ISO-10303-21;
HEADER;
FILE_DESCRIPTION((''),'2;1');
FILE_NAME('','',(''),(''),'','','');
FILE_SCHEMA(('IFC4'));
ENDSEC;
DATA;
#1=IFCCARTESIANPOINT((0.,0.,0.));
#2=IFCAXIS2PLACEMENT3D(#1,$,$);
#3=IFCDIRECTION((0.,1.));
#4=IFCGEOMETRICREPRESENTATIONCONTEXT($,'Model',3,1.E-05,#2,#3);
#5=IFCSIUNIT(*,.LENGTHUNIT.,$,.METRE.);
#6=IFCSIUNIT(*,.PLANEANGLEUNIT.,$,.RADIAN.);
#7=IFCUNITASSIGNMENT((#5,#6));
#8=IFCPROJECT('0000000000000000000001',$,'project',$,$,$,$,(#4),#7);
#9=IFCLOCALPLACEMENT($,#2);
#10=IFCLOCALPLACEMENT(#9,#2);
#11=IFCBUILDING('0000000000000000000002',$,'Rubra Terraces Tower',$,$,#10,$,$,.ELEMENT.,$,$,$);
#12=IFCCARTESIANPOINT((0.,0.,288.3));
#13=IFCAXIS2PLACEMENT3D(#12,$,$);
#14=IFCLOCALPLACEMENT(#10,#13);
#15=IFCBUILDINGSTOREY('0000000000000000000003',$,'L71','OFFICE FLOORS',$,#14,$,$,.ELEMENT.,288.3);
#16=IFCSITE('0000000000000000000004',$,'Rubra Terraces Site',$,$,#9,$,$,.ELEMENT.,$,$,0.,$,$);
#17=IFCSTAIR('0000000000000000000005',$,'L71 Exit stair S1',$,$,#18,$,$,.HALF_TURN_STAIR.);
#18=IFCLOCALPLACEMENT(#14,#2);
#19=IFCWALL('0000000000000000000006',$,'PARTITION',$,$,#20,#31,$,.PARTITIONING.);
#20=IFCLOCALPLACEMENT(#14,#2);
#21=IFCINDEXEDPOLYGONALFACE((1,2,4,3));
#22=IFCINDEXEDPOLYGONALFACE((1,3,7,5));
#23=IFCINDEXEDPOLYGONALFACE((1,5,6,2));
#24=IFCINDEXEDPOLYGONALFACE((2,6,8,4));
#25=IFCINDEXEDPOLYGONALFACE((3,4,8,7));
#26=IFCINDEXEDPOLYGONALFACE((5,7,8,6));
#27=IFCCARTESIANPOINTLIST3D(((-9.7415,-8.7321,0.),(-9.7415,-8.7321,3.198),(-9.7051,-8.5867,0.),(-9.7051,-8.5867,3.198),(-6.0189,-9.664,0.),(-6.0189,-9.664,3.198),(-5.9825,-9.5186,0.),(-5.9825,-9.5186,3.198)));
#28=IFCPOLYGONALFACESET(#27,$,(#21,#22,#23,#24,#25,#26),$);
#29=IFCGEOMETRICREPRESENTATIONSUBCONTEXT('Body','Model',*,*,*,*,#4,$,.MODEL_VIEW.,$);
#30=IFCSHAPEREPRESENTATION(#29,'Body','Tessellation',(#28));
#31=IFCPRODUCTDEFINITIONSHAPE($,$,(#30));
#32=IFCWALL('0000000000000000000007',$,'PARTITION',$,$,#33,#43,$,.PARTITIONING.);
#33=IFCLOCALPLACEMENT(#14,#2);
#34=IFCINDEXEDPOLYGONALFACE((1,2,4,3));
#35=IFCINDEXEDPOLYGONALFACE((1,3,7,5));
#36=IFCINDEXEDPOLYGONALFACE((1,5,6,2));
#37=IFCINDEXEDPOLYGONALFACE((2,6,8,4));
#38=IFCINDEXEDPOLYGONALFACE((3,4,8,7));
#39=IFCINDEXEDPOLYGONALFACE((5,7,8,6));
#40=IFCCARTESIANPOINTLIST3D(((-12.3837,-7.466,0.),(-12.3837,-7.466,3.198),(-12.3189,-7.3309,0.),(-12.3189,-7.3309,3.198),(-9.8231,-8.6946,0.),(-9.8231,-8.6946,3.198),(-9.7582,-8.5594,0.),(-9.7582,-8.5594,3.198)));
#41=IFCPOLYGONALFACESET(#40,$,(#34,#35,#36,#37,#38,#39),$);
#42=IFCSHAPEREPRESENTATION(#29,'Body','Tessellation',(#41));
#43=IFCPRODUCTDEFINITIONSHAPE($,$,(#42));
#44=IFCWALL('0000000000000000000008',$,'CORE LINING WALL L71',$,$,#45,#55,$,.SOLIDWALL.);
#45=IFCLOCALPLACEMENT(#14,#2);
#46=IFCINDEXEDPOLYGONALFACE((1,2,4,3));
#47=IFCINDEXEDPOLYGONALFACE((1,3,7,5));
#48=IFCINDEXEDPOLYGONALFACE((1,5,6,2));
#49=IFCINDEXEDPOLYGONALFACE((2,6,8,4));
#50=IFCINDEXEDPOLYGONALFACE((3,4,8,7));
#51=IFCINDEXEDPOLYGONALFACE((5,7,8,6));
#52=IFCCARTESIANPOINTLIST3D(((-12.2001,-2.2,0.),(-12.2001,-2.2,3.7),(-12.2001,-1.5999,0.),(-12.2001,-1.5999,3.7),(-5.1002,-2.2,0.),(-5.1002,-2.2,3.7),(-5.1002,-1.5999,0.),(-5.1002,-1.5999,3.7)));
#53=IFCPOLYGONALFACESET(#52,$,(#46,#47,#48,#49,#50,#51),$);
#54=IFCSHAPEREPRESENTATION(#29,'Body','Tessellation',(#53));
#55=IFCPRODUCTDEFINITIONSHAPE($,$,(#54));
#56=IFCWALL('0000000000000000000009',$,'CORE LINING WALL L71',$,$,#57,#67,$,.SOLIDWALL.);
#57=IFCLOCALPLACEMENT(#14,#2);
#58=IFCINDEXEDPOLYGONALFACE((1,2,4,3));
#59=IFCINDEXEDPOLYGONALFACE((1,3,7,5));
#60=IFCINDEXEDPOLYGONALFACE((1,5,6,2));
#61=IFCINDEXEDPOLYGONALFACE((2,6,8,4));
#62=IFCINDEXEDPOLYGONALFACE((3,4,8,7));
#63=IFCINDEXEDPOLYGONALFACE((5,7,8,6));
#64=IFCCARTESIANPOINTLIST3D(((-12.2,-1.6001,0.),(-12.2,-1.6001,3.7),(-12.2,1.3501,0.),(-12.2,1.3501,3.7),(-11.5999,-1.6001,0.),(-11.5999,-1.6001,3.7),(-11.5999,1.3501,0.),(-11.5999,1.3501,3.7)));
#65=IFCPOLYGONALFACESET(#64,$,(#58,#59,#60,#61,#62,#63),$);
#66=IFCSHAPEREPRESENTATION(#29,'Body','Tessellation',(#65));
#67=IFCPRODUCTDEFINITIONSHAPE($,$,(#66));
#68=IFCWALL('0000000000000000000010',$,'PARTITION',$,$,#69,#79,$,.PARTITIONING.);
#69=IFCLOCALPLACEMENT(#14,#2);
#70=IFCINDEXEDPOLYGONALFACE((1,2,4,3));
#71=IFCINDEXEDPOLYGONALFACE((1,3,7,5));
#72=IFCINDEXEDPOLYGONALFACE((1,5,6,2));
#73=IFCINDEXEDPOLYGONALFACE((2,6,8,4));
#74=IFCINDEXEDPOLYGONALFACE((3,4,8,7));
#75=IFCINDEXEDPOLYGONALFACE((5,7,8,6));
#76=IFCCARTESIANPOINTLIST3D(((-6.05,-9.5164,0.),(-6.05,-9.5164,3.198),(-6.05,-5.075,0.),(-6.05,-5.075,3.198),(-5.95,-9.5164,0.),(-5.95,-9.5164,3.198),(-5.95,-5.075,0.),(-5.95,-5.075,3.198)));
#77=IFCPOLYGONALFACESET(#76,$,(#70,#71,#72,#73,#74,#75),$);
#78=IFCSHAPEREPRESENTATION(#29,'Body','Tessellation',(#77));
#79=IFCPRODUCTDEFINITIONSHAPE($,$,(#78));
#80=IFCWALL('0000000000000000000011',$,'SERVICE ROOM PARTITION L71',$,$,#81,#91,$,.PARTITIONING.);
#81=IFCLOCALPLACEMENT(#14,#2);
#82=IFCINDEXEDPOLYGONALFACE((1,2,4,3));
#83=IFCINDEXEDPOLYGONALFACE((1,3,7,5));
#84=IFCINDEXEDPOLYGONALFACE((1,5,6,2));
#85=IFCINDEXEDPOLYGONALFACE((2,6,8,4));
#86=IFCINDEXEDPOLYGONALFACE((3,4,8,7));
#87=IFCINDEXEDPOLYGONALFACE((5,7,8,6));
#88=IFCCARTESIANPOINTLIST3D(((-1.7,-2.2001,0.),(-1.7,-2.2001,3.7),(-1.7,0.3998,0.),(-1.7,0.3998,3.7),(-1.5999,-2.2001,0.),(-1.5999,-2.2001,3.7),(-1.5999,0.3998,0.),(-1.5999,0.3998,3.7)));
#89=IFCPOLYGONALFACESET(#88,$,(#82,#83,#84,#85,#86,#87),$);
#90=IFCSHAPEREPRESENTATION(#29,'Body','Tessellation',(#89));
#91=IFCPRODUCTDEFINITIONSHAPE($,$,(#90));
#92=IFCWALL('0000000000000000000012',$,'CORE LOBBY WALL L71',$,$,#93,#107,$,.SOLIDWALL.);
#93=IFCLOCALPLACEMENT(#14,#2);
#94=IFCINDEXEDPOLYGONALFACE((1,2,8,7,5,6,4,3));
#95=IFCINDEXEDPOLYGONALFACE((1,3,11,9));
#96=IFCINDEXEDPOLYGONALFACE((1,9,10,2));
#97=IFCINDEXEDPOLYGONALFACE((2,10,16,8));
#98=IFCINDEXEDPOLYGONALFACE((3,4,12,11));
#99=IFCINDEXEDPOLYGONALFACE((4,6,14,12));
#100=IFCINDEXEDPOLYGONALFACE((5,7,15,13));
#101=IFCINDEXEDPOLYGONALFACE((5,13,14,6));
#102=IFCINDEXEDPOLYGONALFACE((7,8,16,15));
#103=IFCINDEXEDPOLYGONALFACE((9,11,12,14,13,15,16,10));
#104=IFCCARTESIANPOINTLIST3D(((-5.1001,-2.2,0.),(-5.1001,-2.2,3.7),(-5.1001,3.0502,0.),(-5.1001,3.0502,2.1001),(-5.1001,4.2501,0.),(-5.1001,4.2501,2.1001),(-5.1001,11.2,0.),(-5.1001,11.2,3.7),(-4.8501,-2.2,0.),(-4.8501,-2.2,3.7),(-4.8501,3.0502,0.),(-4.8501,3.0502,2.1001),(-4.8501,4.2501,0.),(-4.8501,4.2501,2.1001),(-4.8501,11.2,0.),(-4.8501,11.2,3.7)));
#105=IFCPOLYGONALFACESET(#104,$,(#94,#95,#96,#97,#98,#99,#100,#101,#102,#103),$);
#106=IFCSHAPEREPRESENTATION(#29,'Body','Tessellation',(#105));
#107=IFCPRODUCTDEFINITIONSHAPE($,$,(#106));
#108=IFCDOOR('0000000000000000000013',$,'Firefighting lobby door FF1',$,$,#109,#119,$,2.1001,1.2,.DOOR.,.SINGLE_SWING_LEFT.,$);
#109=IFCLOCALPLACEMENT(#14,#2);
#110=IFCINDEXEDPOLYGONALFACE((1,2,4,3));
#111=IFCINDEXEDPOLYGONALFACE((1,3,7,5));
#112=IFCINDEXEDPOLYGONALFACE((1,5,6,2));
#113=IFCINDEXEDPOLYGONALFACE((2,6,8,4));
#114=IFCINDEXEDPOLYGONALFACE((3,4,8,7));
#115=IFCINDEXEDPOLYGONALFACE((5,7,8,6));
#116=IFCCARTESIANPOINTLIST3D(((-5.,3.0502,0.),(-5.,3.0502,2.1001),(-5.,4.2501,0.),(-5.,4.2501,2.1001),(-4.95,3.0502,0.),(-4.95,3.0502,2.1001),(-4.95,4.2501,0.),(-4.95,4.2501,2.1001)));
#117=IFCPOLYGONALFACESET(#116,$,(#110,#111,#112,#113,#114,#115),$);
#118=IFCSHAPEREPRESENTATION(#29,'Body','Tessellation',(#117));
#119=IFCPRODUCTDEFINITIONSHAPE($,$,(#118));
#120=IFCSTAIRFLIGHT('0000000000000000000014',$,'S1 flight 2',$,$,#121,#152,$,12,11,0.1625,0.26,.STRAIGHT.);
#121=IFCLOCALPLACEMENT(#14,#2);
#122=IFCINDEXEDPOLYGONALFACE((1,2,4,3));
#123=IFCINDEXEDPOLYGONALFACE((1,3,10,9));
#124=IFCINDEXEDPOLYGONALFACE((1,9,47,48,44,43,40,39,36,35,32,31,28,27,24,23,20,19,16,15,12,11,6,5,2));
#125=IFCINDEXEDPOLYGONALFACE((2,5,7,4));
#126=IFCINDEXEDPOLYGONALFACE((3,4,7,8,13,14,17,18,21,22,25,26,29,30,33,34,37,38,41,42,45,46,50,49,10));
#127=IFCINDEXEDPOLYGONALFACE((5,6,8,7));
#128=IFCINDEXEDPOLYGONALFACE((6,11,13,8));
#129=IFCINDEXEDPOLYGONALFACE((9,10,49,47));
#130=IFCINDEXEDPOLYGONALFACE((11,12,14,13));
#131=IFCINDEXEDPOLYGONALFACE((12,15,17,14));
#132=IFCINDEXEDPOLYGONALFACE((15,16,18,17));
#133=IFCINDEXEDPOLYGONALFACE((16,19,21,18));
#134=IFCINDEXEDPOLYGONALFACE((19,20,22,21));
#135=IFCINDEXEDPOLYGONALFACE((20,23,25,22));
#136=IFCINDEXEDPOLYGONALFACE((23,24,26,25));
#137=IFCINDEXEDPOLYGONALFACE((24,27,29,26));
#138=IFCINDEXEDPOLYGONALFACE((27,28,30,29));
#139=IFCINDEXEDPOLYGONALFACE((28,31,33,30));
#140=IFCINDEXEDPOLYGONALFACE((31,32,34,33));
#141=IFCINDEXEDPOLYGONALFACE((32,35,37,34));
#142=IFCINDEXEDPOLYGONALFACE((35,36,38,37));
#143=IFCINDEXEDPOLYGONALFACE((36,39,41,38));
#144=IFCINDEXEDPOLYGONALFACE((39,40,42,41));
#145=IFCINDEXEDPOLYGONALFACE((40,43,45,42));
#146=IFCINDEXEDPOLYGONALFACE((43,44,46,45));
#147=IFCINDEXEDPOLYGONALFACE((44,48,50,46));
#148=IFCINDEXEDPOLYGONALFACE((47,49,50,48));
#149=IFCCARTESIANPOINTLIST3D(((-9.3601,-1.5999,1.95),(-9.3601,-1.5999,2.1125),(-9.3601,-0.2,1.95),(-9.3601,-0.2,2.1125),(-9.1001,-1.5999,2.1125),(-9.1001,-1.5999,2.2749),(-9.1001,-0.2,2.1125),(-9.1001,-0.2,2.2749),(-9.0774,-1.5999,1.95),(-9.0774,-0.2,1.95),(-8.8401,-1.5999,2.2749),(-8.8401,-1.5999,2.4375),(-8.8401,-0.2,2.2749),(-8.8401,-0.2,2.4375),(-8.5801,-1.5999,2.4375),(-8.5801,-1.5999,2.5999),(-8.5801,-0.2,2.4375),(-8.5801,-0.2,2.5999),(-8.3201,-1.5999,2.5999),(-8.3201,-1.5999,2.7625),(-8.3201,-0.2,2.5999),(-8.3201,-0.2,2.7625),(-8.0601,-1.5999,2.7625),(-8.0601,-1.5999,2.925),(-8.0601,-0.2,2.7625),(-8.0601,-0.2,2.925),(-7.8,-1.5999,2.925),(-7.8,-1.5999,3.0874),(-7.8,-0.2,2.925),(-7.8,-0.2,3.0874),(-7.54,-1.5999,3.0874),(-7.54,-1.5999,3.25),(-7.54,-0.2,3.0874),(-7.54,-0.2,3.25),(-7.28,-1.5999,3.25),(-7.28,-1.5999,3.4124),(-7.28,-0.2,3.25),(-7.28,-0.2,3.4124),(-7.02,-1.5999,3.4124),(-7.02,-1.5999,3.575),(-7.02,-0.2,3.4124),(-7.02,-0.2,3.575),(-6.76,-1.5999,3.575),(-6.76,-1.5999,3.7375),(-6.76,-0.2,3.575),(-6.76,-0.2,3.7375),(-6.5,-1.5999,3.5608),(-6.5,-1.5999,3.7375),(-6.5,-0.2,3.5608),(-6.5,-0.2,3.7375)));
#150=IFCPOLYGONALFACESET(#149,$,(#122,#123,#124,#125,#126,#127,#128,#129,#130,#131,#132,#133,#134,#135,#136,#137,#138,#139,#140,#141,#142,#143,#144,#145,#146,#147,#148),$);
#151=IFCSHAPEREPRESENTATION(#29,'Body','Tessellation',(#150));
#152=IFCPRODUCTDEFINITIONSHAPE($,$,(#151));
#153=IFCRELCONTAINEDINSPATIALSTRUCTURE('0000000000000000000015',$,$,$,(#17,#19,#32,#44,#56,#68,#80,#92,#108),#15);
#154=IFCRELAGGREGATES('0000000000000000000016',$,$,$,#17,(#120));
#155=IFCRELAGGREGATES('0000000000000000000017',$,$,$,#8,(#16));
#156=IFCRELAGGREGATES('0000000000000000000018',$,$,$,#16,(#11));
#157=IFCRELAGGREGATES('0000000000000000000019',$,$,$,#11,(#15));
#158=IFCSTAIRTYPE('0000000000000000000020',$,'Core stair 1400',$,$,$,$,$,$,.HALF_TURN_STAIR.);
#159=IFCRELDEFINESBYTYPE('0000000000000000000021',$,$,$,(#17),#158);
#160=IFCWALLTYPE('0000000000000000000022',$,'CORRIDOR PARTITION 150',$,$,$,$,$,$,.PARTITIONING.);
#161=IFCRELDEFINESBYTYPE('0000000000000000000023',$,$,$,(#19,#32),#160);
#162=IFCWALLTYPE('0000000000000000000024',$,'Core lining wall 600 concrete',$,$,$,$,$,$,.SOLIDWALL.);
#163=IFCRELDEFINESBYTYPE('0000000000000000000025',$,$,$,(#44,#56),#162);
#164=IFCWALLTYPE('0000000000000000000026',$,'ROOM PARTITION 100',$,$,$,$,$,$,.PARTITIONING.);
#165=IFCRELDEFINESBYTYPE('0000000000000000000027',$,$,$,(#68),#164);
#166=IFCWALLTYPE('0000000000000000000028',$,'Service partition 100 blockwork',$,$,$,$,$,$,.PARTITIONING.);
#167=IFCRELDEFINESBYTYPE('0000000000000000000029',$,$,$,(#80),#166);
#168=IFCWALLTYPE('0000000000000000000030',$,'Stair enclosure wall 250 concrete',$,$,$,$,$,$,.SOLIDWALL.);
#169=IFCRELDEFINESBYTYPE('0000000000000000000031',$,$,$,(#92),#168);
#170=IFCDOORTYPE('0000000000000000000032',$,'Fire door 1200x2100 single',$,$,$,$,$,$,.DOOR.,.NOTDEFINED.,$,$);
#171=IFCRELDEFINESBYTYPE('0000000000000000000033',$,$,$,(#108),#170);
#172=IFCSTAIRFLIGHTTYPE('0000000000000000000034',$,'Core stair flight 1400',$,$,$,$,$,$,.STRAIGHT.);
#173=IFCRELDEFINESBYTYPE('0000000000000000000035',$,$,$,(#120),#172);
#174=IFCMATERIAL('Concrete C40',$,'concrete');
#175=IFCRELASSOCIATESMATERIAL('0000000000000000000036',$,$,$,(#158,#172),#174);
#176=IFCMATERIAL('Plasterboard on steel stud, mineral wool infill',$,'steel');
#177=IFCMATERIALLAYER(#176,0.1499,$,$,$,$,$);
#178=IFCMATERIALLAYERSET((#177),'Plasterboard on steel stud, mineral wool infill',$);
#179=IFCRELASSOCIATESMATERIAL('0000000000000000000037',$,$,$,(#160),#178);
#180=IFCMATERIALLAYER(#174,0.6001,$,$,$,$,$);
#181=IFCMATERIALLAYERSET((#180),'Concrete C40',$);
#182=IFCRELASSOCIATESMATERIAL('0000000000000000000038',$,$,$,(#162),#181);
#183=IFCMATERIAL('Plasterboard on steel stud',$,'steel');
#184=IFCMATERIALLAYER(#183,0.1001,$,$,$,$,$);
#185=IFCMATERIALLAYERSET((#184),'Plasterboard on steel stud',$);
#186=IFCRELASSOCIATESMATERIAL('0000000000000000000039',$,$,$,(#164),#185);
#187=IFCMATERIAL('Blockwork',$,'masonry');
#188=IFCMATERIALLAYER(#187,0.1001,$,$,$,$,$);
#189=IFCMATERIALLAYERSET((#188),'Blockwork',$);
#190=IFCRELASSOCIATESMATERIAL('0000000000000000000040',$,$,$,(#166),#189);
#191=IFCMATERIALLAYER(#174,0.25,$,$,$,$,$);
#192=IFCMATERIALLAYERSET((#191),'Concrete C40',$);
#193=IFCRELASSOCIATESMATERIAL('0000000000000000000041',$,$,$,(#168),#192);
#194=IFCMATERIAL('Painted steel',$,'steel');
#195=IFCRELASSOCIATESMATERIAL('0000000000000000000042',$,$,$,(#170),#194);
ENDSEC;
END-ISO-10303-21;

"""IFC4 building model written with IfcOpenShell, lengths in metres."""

from ifc_helpers import new_model, si_unit, direction, frame, frame_2d, origin, place, context, subcontext, project, spatial, polyline, rectangle, outline, extrude, material, layer, layer_set, type_object, element, fill, aggregate, save


model = new_model("IFC4")

# Units and contexts
model_context = context("Model", 3, precision=1e-05, world=origin(), true_north=direction((0.0, 1.0)))
body_context = subcontext(model_context, "Body", "Model", "MODEL_VIEW")
ifc_project = project(units=[si_unit("LENGTHUNIT", "METRE"), si_unit("PLANEANGLEUNIT", "RADIAN")], contexts=[model_context])

# Site, building, storey
site_placement = place(None, origin())
site = spatial("IfcSite", under=ifc_project, at=site_placement, Name="Rubra Terraces Site", CompositionType="ELEMENT", RefElevation=0.0)
building_placement = place(site_placement, origin())
building = spatial("IfcBuilding", under=site, at=building_placement, Name="Rubra Terraces Tower", CompositionType="ELEMENT")
storey_placement = place(building_placement, frame((0.0, 0.0, 288.3)))
storey = spatial("IfcBuildingStorey", under=building, at=storey_placement, Name="L71", Description="OFFICE FLOORS", CompositionType="ELEMENT", Elevation=288.3)

# Shared definitions
ifc_material_1 = material(Name="Concrete C40", Category="concrete")

# Stair
stair_type = type_object("IfcStairType", Name="Core stair 1400", PredefinedType="HALF_TURN_STAIR", material=ifc_material_1)
stair_1_placement = place(storey_placement, origin())
stair_1 = element("IfcStair", 1, at=stair_1_placement, inside=storey, type_object=stair_type, Name="L71 Exit stair S1", PredefinedType="HALF_TURN_STAIR")

# Walls
ifc_material_2 = material(Name="Plasterboard on steel stud, mineral wool infill", Category="steel")
ifc_layer_1 = layer(ifc_material_2, 0.1499)
ifc_layer_set_1 = layer_set([ifc_layer_1], Name="Plasterboard on steel stud, mineral wool infill")
wall_type_1 = type_object("IfcWallType", Name="CORRIDOR PARTITION 150", PredefinedType="PARTITIONING", material=ifc_layer_set_1)
wall_1_placement = place(storey_placement, frame((-6.0007, -9.5913, 0.0), z_axis=(0.0, 0.0, 1.0), x_axis=(-0.970064, 0.24285, 0.0)))
element("IfcWall", 2, at=wall_1_placement, inside=storey, type_object=wall_type_1, Name="PARTITION", PredefinedType="PARTITIONING", context=body_context, shape_type="SweptSolid", body=[
    extrude(rectangle(XDim=3.8374, YDim=0.1499, at=frame_2d((1.9187, 0.0))), origin(), (0.0, 0.0, 1.0), 3.198),
])
wall_2_placement = place(storey_placement, frame((-9.7908, -8.627, 0.0), z_axis=(0.0, 0.0, 1.0), x_axis=(-0.901598, 0.432575, 0.0)))
element("IfcWall", 3, at=wall_2_placement, inside=storey, type_object=wall_type_1, Name="PARTITION", PredefinedType="PARTITIONING", context=body_context, shape_type="SweptSolid", body=[
    extrude(rectangle(XDim=2.8401, YDim=0.1499, at=frame_2d((1.4199, 0.0))), origin(), (0.0, 0.0, 1.0), 3.198),
])
ifc_layer_2 = layer(ifc_material_1, 0.6001)
ifc_layer_set_2 = layer_set([ifc_layer_2], Name="Concrete C40")
wall_type_2 = type_object("IfcWallType", Name="Core lining wall 600 concrete", PredefinedType="SOLIDWALL", material=ifc_layer_set_2)
wall_3_placement = place(storey_placement, frame((-12.2, -1.8999, 0.0), z_axis=(0.0, 0.0, 1.0), x_axis=(1.0, 0.0, 0.0)))
element("IfcWall", 4, at=wall_3_placement, inside=storey, type_object=wall_type_2, Name="CORE LINING WALL L71", PredefinedType="SOLIDWALL", context=body_context, shape_type="SweptSolid", body=[
    extrude(rectangle(XDim=7.0999, YDim=0.6001, at=frame_2d((3.5498, 0.0))), origin(), (0.0, 0.0, 1.0), 3.7),
])
wall_4_placement = place(storey_placement, frame((-11.8999, -1.6001, 0.0), z_axis=(0.0, 0.0, 1.0), x_axis=(0.0, 1.0, 0.0)))
element("IfcWall", 5, at=wall_4_placement, inside=storey, type_object=wall_type_2, Name="CORE LINING WALL L71", PredefinedType="SOLIDWALL", context=body_context, shape_type="SweptSolid", body=[
    extrude(rectangle(XDim=2.9502, YDim=0.6001, at=frame_2d((1.4751, 0.0))), origin(), (0.0, 0.0, 1.0), 3.7),
])
ifc_material_3 = material(Name="Plasterboard on steel stud", Category="steel")
ifc_layer_3 = layer(ifc_material_3, 0.1001)
ifc_layer_set_3 = layer_set([ifc_layer_3], Name="Plasterboard on steel stud")
wall_type_3 = type_object("IfcWallType", Name="ROOM PARTITION 100", PredefinedType="PARTITIONING", material=ifc_layer_set_3)
wall_5_placement = place(storey_placement, frame((-6.0, -9.5164, 0.0), z_axis=(0.0, 0.0, 1.0), x_axis=(0.0, 1.0, 0.0)))
element("IfcWall", 6, at=wall_5_placement, inside=storey, type_object=wall_type_3, Name="PARTITION", PredefinedType="PARTITIONING", context=body_context, shape_type="SweptSolid", body=[
    extrude(rectangle(XDim=4.4414, YDim=0.1001, at=frame_2d((2.2207, 0.0))), origin(), (0.0, 0.0, 1.0), 3.198),
])
ifc_material_4 = material(Name="Blockwork", Category="masonry")
ifc_layer_4 = layer(ifc_material_4, 0.1001)
ifc_layer_set_4 = layer_set([ifc_layer_4], Name="Blockwork")
wall_type_4 = type_object("IfcWallType", Name="Service partition 100 blockwork", PredefinedType="PARTITIONING", material=ifc_layer_set_4)
wall_6_placement = place(storey_placement, frame((-1.6499, -2.2, 0.0), z_axis=(0.0, 0.0, 1.0), x_axis=(0.0, 1.0, 0.0)))
element("IfcWall", 7, at=wall_6_placement, inside=storey, type_object=wall_type_4, Name="SERVICE ROOM PARTITION L71", PredefinedType="PARTITIONING", context=body_context, shape_type="SweptSolid", body=[
    extrude(rectangle(XDim=2.5999, YDim=0.1001, at=frame_2d((1.2998, 0.0))), origin(), (0.0, 0.0, 1.0), 3.7),
])

# Wall, opening, door
ifc_layer_5 = layer(ifc_material_1, 0.25)
ifc_layer_set_5 = layer_set([ifc_layer_5], Name="Concrete C40")
wall_type_5 = type_object("IfcWallType", Name="Stair enclosure wall 250 concrete", PredefinedType="SOLIDWALL", material=ifc_layer_set_5)
wall_7_placement = place(storey_placement, frame((-4.9751, -2.2, 0.0), z_axis=(0.0, 0.0, 1.0), x_axis=(0.0, 1.0, 0.0)))
wall_7 = element("IfcWall", 8, at=wall_7_placement, inside=storey, type_object=wall_type_5, Name="CORE LOBBY WALL L71", PredefinedType="SOLIDWALL", context=body_context, shape_type="SweptSolid", body=[
    extrude(rectangle(XDim=13.3999, YDim=0.25, at=frame_2d((6.7, 0.0))), origin(), (0.0, 0.0, 1.0), 3.7),
])
opening_placement = place(wall_7_placement, frame((5.25, 0.0, 0.0)))
opening = element("IfcOpeningElement", 9, at=opening_placement, cuts=wall_7, PredefinedType="OPENING", context=body_context, shape_type="SweptSolid", body=[
    extrude(rectangle(XDim=1.2, YDim=2.1001, at=frame_2d((0.6001, 1.05))), frame((0.0, 0.135, 0.0), z_axis=(0.0, -1.0, 0.0), x_axis=(1.0, 0.0, 0.0)), (0.0, 0.0, 1.0), 0.27),
])
ifc_material_5 = material(Name="Painted steel", Category="steel")
door_type = type_object("IfcDoorType", Name="Fire door 1200x2100 single", OperationType="NOTDEFINED", PredefinedType="DOOR", material=ifc_material_5)
door_placement = place(opening_placement, origin())
door = element("IfcDoor", 10, at=door_placement, inside=storey, type_object=door_type, Name="Firefighting lobby door FF1", OperationType="SINGLE_SWING_LEFT", OverallHeight=2.1001, OverallWidth=1.2, PredefinedType="DOOR", context=body_context, shape_type="SweptSolid", body=[
    extrude(rectangle(XDim=1.2, YDim=2.1001, at=frame_2d((0.6001, 1.05))), frame((0.0, 0.0249, 0.0), z_axis=(0.0, -1.0, 0.0), x_axis=(1.0, 0.0, 0.0)), (0.0, 0.0, 1.0), 0.05),
])
fill(opening, door)

# Stair flight
stair_flight_type = type_object("IfcStairFlightType", Name="Core stair flight 1400", PredefinedType="STRAIGHT", material=ifc_material_1)
stair_flight_placement = place(storey_placement, frame((-9.3601, -0.8999, 1.95), z_axis=(0.0, 0.0, 1.0), x_axis=(1.0, 0.0, 0.0)))
stair_flight = element("IfcStairFlight", 11, at=stair_flight_placement, type_object=stair_flight_type, Name="S1 flight 2", NumberOfRisers=12, NumberOfTreads=11, PredefinedType="STRAIGHT", RiserHeight=0.1625, TreadLength=0.26, context=body_context, shape_type="SweptSolid", body=[
    extrude(outline(polyline([(0.0, 0.0), (0.0, 0.1626), (0.26, 0.1626), (0.26, 0.325), (0.52, 0.325), (0.52, 0.4875), (0.78, 0.4875), (0.78, 0.6499), (1.04, 0.6499), (1.04, 0.8125), (1.3, 0.8125), (1.3, 0.9751), (1.5601, 0.9751), (1.5601, 1.1375), (1.8201, 1.1375), (1.8201, 1.3), (2.0801, 1.3), (2.0801, 1.4624), (2.3401, 1.4624), (2.3401, 1.625), (2.6001, 1.625), (2.6001, 1.7876), (2.8601, 1.7876), (2.8601, 1.95), (2.8601, 1.6108), (0.2827, 0.0), (0.0, 0.0)])), frame((0.0, 0.7, 0.0), z_axis=(0.0, -1.0, 0.0), x_axis=(1.0, 0.0, 0.0)), (0.0, 0.0, 1.0), 1.3999),
])
aggregate(stair_1, [stair_flight])

save(model, "model.ifc")
